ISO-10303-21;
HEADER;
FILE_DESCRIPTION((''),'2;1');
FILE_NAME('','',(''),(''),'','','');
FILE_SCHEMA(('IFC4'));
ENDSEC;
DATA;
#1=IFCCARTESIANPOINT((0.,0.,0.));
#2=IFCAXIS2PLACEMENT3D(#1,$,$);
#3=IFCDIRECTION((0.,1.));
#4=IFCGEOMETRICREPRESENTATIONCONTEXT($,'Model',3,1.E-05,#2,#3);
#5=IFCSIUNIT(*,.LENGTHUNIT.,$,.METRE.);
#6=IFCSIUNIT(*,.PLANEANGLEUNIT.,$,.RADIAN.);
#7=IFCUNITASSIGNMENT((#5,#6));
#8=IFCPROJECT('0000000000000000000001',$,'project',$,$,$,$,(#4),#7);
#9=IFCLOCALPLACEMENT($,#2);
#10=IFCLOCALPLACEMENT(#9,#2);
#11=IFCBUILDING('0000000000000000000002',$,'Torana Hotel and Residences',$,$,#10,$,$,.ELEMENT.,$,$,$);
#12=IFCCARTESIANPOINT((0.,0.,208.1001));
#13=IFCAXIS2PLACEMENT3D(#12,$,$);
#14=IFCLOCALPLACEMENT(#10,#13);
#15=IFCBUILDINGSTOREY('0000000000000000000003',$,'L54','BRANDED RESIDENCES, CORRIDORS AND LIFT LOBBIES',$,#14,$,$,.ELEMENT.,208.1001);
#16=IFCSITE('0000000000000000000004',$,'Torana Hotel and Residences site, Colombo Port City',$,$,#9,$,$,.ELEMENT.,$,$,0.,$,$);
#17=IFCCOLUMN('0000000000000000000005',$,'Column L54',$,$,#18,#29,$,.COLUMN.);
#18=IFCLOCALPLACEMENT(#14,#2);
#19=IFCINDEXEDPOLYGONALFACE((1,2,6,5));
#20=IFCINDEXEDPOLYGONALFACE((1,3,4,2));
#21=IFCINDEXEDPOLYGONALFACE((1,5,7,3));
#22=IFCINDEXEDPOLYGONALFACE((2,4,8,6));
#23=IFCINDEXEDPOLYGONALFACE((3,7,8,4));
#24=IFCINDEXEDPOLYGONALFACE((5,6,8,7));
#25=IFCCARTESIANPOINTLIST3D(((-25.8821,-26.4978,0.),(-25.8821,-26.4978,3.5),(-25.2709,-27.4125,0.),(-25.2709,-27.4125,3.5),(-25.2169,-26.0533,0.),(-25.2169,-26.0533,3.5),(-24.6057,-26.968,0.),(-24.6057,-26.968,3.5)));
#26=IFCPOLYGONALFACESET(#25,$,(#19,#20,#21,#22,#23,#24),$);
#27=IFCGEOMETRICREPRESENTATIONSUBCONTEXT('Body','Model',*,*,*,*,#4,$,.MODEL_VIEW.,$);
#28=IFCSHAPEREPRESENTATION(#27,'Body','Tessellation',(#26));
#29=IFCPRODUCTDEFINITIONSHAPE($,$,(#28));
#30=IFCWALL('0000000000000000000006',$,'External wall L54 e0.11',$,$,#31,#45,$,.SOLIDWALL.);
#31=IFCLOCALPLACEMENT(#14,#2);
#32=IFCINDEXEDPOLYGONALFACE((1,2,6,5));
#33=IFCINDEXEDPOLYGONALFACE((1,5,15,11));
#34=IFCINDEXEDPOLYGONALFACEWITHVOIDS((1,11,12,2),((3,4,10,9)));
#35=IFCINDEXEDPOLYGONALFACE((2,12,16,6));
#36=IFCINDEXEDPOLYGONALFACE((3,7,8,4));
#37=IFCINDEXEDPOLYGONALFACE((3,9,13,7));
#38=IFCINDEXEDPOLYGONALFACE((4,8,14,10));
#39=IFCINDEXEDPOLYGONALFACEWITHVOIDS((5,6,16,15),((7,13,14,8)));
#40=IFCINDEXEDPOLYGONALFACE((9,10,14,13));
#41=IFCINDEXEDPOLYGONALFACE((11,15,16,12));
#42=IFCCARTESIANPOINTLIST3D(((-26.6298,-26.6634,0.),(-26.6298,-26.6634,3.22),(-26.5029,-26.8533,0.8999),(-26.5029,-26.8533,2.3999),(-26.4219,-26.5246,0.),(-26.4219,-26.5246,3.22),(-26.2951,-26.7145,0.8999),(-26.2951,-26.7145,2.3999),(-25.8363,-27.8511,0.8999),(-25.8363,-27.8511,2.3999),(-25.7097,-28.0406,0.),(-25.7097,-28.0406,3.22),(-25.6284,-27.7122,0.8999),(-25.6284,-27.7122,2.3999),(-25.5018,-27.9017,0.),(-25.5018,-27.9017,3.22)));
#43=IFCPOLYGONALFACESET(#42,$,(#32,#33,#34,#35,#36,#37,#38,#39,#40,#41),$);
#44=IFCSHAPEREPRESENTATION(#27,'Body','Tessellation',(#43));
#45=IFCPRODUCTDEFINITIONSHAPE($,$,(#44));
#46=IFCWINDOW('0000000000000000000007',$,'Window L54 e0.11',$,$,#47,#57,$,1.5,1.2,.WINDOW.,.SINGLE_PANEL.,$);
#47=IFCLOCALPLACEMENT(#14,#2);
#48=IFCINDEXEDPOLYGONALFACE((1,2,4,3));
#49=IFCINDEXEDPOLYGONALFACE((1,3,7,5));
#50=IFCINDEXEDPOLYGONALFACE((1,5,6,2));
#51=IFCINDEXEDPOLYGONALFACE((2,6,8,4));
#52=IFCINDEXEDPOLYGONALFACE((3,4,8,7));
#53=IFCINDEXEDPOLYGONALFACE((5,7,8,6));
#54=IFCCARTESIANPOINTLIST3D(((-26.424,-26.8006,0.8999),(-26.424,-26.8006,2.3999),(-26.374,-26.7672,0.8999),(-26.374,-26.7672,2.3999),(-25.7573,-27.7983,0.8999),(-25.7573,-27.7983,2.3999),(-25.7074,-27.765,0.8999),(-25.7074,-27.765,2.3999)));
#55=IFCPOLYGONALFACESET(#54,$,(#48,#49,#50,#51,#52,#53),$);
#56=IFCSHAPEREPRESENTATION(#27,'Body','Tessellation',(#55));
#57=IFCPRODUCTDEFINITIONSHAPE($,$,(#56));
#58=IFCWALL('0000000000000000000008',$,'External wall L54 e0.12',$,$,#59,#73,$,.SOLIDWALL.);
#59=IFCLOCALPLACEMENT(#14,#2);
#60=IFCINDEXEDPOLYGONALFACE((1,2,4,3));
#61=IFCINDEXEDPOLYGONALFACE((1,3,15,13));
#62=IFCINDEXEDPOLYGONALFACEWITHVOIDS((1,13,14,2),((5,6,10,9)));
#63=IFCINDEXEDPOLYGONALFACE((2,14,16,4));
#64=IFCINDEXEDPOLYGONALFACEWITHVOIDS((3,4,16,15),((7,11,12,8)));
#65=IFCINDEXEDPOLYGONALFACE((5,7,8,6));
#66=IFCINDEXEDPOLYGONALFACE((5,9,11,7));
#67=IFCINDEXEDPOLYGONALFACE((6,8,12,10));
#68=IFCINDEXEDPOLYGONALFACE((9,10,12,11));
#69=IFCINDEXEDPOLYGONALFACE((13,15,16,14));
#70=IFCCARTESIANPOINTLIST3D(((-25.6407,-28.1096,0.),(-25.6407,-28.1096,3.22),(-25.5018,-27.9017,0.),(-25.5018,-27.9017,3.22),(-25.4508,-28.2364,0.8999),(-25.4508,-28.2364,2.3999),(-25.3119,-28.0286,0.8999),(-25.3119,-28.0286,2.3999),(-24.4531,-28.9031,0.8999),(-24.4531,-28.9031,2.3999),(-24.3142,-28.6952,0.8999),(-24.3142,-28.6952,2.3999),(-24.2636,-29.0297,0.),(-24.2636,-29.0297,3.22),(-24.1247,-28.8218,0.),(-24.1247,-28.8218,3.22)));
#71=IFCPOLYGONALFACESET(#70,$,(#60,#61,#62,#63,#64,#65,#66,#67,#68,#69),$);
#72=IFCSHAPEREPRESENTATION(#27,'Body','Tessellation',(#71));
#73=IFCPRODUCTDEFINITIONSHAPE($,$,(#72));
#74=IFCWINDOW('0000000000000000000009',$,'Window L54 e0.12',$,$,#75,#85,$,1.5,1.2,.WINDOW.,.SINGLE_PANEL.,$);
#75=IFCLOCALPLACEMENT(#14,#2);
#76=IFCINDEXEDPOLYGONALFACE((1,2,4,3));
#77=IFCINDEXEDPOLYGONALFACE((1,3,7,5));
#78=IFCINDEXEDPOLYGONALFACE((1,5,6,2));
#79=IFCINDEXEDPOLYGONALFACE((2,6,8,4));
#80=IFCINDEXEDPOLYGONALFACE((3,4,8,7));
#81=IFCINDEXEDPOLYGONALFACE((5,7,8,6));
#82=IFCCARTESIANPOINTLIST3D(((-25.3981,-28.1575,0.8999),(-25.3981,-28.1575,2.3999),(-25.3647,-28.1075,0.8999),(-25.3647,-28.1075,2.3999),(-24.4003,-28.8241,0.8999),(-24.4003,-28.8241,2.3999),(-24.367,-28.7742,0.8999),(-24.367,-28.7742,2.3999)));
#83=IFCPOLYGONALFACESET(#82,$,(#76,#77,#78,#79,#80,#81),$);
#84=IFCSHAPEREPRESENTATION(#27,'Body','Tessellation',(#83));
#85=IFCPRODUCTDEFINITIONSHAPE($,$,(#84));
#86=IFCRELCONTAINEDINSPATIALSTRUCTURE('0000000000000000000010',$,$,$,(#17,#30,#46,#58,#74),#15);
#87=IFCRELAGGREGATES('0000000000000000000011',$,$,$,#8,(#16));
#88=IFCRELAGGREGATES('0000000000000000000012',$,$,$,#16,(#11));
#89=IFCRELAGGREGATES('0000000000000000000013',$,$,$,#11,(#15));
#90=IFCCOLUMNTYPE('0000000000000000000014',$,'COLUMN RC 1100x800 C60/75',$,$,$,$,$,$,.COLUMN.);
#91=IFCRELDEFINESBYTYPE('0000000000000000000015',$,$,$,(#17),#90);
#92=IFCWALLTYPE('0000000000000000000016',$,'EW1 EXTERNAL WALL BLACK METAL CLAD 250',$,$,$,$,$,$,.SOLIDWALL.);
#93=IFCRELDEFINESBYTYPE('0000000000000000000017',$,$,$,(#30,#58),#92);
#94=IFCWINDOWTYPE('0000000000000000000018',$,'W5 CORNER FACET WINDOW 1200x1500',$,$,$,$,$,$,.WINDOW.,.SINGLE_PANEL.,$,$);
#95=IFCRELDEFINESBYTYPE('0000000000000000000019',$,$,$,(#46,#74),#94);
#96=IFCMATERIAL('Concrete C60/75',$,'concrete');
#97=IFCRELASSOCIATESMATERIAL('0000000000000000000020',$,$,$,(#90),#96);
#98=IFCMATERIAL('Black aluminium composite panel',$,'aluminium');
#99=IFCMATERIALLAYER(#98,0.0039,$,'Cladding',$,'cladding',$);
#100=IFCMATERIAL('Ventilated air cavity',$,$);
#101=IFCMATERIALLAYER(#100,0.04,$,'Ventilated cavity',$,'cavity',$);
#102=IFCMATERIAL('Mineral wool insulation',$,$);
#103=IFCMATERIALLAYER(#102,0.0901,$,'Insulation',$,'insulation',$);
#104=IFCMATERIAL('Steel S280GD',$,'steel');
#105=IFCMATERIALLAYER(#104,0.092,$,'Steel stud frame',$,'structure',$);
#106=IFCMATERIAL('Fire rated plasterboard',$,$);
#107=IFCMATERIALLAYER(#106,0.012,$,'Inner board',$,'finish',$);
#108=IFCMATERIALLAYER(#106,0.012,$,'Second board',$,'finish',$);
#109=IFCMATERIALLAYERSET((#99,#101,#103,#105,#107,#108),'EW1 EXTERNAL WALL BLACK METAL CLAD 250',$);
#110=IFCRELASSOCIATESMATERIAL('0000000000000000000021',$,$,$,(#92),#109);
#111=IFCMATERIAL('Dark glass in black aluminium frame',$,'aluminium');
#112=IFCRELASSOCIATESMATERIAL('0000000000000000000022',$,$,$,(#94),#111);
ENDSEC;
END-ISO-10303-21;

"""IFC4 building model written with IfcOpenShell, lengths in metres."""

from ifc_helpers import new_model, si_unit, direction, frame, frame_2d, origin, origin_2d, place, context, subcontext, project, spatial, rectangle, extrude, material, layer, layer_set, material_profile, profile_set, type_object, element, fill, save


model = new_model("IFC4")

# Units and contexts
model_context = context("Model", 3, precision=1e-05, world=origin(), true_north=direction((0.0, 1.0)))
body_context = subcontext(model_context, "Body", "Model", "MODEL_VIEW")
ifc_project = project(units=[si_unit("LENGTHUNIT", "METRE"), si_unit("PLANEANGLEUNIT", "RADIAN")], contexts=[model_context])

# Site, building, storey
site_placement = place(None, origin())
site = spatial("IfcSite", under=ifc_project, at=site_placement, Name="Torana Hotel and Residences site, Colombo Port City", CompositionType="ELEMENT", RefElevation=0.0)
building_placement = place(site_placement, origin())
building = spatial("IfcBuilding", under=site, at=building_placement, Name="Torana Hotel and Residences", CompositionType="ELEMENT")
storey_placement = place(building_placement, frame((0.0, 0.0, 208.1001)))
storey = spatial("IfcBuildingStorey", under=building, at=storey_placement, Name="L54", Description="BRANDED RESIDENCES, CORRIDORS AND LIFT LOBBIES", CompositionType="ELEMENT", Elevation=208.1001)

# Column
ifc_material_1 = material(Name="Concrete C60/75", Category="concrete")
ifc_material_profile = material_profile(ifc_material_1, rectangle(XDim=1.1001, YDim=0.8, at=origin_2d()), Name="RC 1100x800")
ifc_profile_set = profile_set([ifc_material_profile], Name="Concrete C60/75")
column_type = type_object("IfcColumnType", Name="COLUMN RC 1100x800 C60/75", PredefinedType="COLUMN", material=ifc_profile_set)
column_placement = place(storey_placement, frame((-25.2439, -26.7329, 0.0), z_axis=(0.0, 0.0, 1.0), x_axis=(-0.555585, 0.83146, 0.0)))
element("IfcColumn", 1, at=column_placement, inside=storey, type_object=column_type, Name="Column L54", PredefinedType="COLUMN", context=body_context, shape_type="SweptSolid", body=[
    extrude(rectangle(XDim=1.1001, YDim=0.8, at=origin_2d()), origin(), (0.0, 0.0, 1.0), 3.5),
])

# Walls, openings, windows
ifc_material_2 = material(Name="Black aluminium composite panel", Category="aluminium")
ifc_layer_1 = layer(ifc_material_2, 0.0039, Name="Cladding", Category="cladding")
ifc_material_3 = material(Name="Ventilated air cavity")
ifc_layer_2 = layer(ifc_material_3, 0.04, Name="Ventilated cavity", Category="cavity")
ifc_material_4 = material(Name="Mineral wool insulation")
ifc_layer_3 = layer(ifc_material_4, 0.0901, Name="Insulation", Category="insulation")
ifc_material_5 = material(Name="Steel S280GD", Category="steel")
ifc_layer_4 = layer(ifc_material_5, 0.092, Name="Steel stud frame", Category="structure")
ifc_material_6 = material(Name="Fire rated plasterboard")
ifc_layer_5 = layer(ifc_material_6, 0.012, Name="Inner board", Category="finish")
ifc_layer_6 = layer(ifc_material_6, 0.012, Name="Second board", Category="finish")
ifc_layer_set = layer_set([ifc_layer_1, ifc_layer_2, ifc_layer_3, ifc_layer_4, ifc_layer_5, ifc_layer_6], Name="EW1 EXTERNAL WALL BLACK METAL CLAD 250")
wall_type = type_object("IfcWallType", Name="EW1 EXTERNAL WALL BLACK METAL CLAD 250", PredefinedType="SOLIDWALL", material=ifc_layer_set)
wall_1_placement = place(storey_placement, frame((-26.5259, -26.594, 0.0), z_axis=(0.0, 0.0, 1.0), x_axis=(0.55555, -0.831483, 0.0)))
wall_1 = element("IfcWall", 2, at=wall_1_placement, inside=storey, type_object=wall_type, Name="External wall L54 e0.11", PredefinedType="SOLIDWALL", context=body_context, shape_type="SweptSolid", body=[
    extrude(rectangle(XDim=1.6562, YDim=0.25, at=frame_2d((0.8281, 0.0))), origin(), (0.0, 0.0, 1.0), 3.22),
])
opening_1_placement = place(wall_1_placement, frame((0.2283, 0.0, 0.8999)))
opening_1 = element("IfcOpeningElement", 3, at=opening_1_placement, cuts=wall_1, PredefinedType="OPENING", context=body_context, shape_type="SweptSolid", body=[
    extrude(rectangle(XDim=1.2, YDim=1.5, at=frame_2d((0.6001, 0.75))), frame((0.0, 0.135, 0.0), z_axis=(0.0, -1.0, 0.0), x_axis=(1.0, 0.0, 0.0)), (0.0, 0.0, 1.0), 0.27),
])
ifc_material_7 = material(Name="Dark glass in black aluminium frame", Category="aluminium")
window_type = type_object("IfcWindowType", Name="W5 CORNER FACET WINDOW 1200x1500", PartitioningType="SINGLE_PANEL", PredefinedType="WINDOW", material=ifc_material_7)
window_1_placement = place(opening_1_placement, origin())
window_1 = element("IfcWindow", 4, at=window_1_placement, inside=storey, type_object=window_type, Name="Window L54 e0.11", OverallHeight=1.5, OverallWidth=1.2, PartitioningType="SINGLE_PANEL", PredefinedType="WINDOW", context=body_context, shape_type="SweptSolid", body=[
    extrude(rectangle(XDim=1.2, YDim=1.5, at=frame_2d((0.6001, 0.75))), frame((0.0, 0.03, 0.0), z_axis=(0.0, -1.0, 0.0), x_axis=(1.0, 0.0, 0.0)), (0.0, 0.0, 1.0), 0.0601),
])
fill(opening_1, window_1)
wall_2_placement = place(storey_placement, frame((-25.5713, -28.0056, 0.0), z_axis=(0.0, 0.0, 1.0), x_axis=(0.831483, -0.55555, 0.0)))
wall_2 = element("IfcWall", 5, at=wall_2_placement, inside=storey, type_object=wall_type, Name="External wall L54 e0.12", PredefinedType="SOLIDWALL", context=body_context, shape_type="SweptSolid", body=[
    extrude(rectangle(XDim=1.6562, YDim=0.25, at=frame_2d((0.8281, 0.0))), origin(), (0.0, 0.0, 1.0), 3.22),
])
opening_2_placement = place(wall_2_placement, frame((0.2283, 0.0, 0.8999)))
opening_2 = element("IfcOpeningElement", 6, at=opening_2_placement, cuts=wall_2, PredefinedType="OPENING", context=body_context, shape_type="SweptSolid", body=[
    extrude(rectangle(XDim=1.2, YDim=1.5, at=frame_2d((0.6001, 0.75))), frame((0.0, 0.135, 0.0), z_axis=(0.0, -1.0, 0.0), x_axis=(1.0, 0.0, 0.0)), (0.0, 0.0, 1.0), 0.27),
])
window_2_placement = place(opening_2_placement, origin())
window_2 = element("IfcWindow", 7, at=window_2_placement, inside=storey, type_object=window_type, Name="Window L54 e0.12", OverallHeight=1.5, OverallWidth=1.2, PartitioningType="SINGLE_PANEL", PredefinedType="WINDOW", context=body_context, shape_type="SweptSolid", body=[
    extrude(rectangle(XDim=1.2, YDim=1.5, at=frame_2d((0.6001, 0.75))), frame((0.0, 0.03, 0.0), z_axis=(0.0, -1.0, 0.0), x_axis=(1.0, 0.0, 0.0)), (0.0, 0.0, 1.0), 0.0601),
])
fill(opening_2, window_2)

save(model, "model.ifc")
